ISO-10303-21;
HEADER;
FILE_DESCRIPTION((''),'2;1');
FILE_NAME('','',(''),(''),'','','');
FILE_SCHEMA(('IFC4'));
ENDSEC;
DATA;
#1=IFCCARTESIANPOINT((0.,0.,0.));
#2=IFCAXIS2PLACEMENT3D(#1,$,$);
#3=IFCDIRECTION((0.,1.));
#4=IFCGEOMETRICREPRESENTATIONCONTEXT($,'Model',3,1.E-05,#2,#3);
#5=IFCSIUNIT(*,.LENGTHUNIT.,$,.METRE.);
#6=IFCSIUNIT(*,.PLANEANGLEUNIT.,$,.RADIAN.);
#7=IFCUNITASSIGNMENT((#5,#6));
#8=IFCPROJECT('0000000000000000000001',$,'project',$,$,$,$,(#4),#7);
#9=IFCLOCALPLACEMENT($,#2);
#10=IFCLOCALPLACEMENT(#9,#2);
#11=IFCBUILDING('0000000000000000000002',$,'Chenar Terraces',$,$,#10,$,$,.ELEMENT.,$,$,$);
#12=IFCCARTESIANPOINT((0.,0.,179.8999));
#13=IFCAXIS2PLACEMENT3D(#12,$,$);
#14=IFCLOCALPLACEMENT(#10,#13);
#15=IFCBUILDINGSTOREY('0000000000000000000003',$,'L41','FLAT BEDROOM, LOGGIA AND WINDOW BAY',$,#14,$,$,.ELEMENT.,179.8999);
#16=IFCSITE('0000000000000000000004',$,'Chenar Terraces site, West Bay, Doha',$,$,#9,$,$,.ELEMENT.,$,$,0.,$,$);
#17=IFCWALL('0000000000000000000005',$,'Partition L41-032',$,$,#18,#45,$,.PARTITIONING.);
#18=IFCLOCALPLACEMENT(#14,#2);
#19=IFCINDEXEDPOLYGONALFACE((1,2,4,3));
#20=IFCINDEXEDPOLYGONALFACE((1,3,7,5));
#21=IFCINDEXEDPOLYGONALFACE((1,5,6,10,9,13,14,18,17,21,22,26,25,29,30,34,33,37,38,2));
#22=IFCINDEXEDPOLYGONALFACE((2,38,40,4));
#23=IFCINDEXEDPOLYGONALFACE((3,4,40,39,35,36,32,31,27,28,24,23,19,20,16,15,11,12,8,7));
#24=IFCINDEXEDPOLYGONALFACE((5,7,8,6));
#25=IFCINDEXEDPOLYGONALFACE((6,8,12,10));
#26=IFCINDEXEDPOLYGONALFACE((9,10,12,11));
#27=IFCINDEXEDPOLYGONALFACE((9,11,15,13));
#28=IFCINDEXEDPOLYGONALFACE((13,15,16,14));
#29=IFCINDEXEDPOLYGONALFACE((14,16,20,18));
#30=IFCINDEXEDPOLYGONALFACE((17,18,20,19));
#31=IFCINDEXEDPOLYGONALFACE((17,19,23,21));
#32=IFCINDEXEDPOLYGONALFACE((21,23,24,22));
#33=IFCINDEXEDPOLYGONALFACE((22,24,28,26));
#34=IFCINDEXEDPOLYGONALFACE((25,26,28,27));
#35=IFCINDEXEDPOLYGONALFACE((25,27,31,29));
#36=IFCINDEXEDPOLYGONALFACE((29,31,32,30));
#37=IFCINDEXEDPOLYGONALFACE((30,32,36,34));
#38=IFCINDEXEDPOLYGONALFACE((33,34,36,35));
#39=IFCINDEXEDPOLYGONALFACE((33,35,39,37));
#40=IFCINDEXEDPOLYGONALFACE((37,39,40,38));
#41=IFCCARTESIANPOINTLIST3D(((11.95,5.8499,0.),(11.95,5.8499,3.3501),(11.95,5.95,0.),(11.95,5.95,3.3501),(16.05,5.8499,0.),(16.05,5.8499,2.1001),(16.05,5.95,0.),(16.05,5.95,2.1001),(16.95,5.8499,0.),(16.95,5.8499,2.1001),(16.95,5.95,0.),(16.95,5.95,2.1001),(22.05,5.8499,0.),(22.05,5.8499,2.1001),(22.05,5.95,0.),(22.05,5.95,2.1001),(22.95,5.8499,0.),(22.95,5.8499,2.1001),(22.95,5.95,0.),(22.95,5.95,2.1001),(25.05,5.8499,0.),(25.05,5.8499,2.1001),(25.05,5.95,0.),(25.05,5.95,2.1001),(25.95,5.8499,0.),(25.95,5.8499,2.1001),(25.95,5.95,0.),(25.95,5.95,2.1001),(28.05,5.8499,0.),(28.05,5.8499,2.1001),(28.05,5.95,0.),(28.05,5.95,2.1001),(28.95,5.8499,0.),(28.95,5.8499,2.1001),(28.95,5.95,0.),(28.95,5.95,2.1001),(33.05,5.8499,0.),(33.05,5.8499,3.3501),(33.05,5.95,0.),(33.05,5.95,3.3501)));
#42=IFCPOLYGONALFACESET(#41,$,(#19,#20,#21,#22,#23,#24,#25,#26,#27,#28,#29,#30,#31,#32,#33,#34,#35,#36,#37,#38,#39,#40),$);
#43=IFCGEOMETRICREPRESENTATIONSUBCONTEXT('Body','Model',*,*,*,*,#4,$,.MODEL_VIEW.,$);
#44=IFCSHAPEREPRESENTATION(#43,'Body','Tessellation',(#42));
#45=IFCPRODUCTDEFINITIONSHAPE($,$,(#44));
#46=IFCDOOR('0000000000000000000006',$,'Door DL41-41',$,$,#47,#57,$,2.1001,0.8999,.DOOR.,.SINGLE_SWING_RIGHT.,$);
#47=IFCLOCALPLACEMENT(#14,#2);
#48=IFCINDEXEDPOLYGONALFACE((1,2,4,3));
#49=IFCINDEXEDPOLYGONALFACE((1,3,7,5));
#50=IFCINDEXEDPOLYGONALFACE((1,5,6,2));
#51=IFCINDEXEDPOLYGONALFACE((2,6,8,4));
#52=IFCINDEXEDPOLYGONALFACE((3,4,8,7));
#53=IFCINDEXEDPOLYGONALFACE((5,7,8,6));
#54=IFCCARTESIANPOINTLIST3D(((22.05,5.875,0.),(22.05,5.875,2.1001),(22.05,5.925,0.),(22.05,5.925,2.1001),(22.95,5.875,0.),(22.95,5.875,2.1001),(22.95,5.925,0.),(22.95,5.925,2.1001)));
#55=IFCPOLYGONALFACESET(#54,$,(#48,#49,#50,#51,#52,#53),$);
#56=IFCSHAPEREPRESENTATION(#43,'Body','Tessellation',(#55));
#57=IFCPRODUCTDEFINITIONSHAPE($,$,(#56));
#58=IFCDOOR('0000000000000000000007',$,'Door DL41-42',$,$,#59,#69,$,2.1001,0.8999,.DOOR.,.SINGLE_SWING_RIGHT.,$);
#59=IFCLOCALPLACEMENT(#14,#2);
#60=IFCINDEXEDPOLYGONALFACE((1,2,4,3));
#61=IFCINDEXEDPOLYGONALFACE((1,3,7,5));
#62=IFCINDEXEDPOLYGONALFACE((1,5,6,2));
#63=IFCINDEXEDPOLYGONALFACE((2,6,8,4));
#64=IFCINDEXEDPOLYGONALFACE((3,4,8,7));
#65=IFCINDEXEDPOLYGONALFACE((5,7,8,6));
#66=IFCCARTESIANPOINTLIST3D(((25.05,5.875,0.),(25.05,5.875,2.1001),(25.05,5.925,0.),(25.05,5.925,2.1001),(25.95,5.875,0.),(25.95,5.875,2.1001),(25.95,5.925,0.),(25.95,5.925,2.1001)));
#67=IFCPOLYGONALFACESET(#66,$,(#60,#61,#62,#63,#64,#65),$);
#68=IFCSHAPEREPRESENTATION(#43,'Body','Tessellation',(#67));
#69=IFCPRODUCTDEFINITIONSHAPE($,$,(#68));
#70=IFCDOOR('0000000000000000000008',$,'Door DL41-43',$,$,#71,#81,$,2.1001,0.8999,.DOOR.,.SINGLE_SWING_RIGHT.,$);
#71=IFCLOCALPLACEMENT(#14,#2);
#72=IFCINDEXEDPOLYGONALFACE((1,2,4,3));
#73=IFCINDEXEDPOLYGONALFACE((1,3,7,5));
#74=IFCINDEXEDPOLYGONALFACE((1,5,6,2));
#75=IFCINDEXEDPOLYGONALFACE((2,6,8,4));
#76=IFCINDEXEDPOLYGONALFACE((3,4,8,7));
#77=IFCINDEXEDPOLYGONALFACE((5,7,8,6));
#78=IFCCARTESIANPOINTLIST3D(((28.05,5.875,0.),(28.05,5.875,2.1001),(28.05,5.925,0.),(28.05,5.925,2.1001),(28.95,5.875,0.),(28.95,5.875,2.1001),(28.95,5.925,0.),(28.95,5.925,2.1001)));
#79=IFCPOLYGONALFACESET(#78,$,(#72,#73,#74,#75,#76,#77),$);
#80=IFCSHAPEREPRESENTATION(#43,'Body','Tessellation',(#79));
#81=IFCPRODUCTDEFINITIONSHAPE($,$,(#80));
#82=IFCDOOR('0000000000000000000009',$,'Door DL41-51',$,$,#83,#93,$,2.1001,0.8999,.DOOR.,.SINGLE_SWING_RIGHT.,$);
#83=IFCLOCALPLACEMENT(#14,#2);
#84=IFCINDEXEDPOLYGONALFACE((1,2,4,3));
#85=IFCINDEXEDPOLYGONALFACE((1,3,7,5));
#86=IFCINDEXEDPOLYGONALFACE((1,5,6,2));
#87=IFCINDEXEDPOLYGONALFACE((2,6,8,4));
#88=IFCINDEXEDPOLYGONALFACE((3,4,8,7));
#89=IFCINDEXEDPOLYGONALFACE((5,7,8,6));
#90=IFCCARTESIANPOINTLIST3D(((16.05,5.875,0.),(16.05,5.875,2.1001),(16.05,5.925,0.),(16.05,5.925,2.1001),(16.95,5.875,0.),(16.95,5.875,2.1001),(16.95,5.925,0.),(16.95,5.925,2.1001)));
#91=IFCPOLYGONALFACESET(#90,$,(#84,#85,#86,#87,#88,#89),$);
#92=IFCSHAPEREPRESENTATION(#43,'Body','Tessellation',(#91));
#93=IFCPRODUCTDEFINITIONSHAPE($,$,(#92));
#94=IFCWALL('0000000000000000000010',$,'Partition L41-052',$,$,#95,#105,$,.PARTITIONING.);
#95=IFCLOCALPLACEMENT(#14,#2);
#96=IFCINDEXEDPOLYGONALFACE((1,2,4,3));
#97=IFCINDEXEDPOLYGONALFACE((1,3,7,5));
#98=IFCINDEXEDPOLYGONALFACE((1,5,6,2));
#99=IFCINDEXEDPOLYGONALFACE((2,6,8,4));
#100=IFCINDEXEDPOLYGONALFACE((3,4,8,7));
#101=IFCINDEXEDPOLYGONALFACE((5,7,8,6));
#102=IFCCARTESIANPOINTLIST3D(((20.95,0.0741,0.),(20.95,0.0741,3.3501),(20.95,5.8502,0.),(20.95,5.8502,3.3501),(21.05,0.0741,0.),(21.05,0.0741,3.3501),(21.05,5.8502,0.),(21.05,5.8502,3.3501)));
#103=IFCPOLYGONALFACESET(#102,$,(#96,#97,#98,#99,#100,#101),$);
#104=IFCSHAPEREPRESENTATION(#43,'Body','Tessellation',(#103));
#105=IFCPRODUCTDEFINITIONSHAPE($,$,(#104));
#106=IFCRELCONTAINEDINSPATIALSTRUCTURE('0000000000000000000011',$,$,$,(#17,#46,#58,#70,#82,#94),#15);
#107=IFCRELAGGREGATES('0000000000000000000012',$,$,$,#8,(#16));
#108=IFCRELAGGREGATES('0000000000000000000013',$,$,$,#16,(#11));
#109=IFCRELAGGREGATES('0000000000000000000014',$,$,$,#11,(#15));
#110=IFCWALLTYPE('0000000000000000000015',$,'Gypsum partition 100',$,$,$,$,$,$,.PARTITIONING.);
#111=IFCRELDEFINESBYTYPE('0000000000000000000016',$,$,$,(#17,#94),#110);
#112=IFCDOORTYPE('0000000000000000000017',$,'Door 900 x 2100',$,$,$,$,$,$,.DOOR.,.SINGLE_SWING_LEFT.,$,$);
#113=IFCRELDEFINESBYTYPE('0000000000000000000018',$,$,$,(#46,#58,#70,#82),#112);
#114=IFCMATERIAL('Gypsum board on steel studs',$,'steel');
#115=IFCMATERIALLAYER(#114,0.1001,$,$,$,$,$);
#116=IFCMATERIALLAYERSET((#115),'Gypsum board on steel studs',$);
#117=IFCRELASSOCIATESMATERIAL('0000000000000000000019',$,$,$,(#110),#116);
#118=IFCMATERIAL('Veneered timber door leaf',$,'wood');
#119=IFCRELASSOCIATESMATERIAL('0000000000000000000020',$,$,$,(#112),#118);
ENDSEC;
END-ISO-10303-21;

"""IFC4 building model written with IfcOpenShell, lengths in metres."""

from ifc_helpers import new_model, si_unit, direction, frame, frame_2d, origin, place, context, subcontext, project, spatial, rectangle, extrude, material, layer, layer_set, type_object, element, fill, save


model = new_model("IFC4")

# Units and contexts
model_context = context("Model", 3, precision=1e-05, world=origin(), true_north=direction((0.0, 1.0)))
body_context = subcontext(model_context, "Body", "Model", "MODEL_VIEW")
ifc_project = project(units=[si_unit("LENGTHUNIT", "METRE"), si_unit("PLANEANGLEUNIT", "RADIAN")], contexts=[model_context])

# Site, building, storey
site_placement = place(None, origin())
site = spatial("IfcSite", under=ifc_project, at=site_placement, Name="Chenar Terraces site, West Bay, Doha", CompositionType="ELEMENT", RefElevation=0.0)
building_placement = place(site_placement, origin())
building = spatial("IfcBuilding", under=site, at=building_placement, Name="Chenar Terraces", CompositionType="ELEMENT")
storey_placement = place(building_placement, frame((0.0, 0.0, 179.8999)))
storey = spatial("IfcBuildingStorey", under=building, at=storey_placement, Name="L41", Description="FLAT BEDROOM, LOGGIA AND WINDOW BAY", CompositionType="ELEMENT", Elevation=179.8999)

# Shared definitions
ifc_material_1 = material(Name="Gypsum board on steel studs", Category="steel")
ifc_layer_1 = layer(ifc_material_1, 0.1001)
ifc_layer_set_1 = layer_set([ifc_layer_1], Name="Gypsum board on steel studs")
wall_type_1 = type_object("IfcWallType", Name="Gypsum partition 100", PredefinedType="PARTITIONING", material=ifc_layer_set_1)

# Wall, openings, doors
wall_1_placement = place(storey_placement, frame((11.95, 5.8999, 0.0), z_axis=(0.0, 0.0, 1.0), x_axis=(1.0, 0.0, 0.0)))
wall_1 = element("IfcWall", 1, at=wall_1_placement, inside=storey, type_object=wall_type_1, Name="Partition L41-032", PredefinedType="PARTITIONING", context=body_context, shape_type="SweptSolid", body=[
    extrude(rectangle(XDim=21.1001, YDim=0.1001, at=frame_2d((10.55, 0.0))), origin(), (0.0, 0.0, 1.0), 3.3501),
])
opening_1_placement = place(wall_1_placement, frame((10.1001, 0.0, 0.0)))
opening_1 = element("IfcOpeningElement", 2, at=opening_1_placement, cuts=wall_1, PredefinedType="OPENING", context=body_context, shape_type="SweptSolid", body=[
    extrude(rectangle(XDim=0.8999, YDim=2.1001, at=frame_2d((0.45, 1.05))), frame((0.0, 0.0601, 0.0), z_axis=(0.0, -1.0, 0.0), x_axis=(1.0, 0.0, 0.0)), (0.0, 0.0, 1.0), 0.1201),
])
opening_2_placement = place(wall_1_placement, frame((13.1001, 0.0, 0.0)))
opening_2 = element("IfcOpeningElement", 3, at=opening_2_placement, cuts=wall_1, PredefinedType="OPENING", context=body_context, shape_type="SweptSolid", body=[
    extrude(rectangle(XDim=0.8999, YDim=2.1001, at=frame_2d((0.45, 1.05))), frame((0.0, 0.0601, 0.0), z_axis=(0.0, -1.0, 0.0), x_axis=(1.0, 0.0, 0.0)), (0.0, 0.0, 1.0), 0.1201),
])
opening_3_placement = place(wall_1_placement, frame((16.1001, 0.0, 0.0)))
opening_3 = element("IfcOpeningElement", 4, at=opening_3_placement, cuts=wall_1, PredefinedType="OPENING", context=body_context, shape_type="SweptSolid", body=[
    extrude(rectangle(XDim=0.8999, YDim=2.1001, at=frame_2d((0.45, 1.05))), frame((0.0, 0.0601, 0.0), z_axis=(0.0, -1.0, 0.0), x_axis=(1.0, 0.0, 0.0)), (0.0, 0.0, 1.0), 0.1201),
])
opening_4_placement = place(wall_1_placement, frame((4.1001, 0.0, 0.0)))
opening_4 = element("IfcOpeningElement", 5, at=opening_4_placement, cuts=wall_1, PredefinedType="OPENING", context=body_context, shape_type="SweptSolid", body=[
    extrude(rectangle(XDim=0.8999, YDim=2.1001, at=frame_2d((0.45, 1.05))), frame((0.0, 0.0601, 0.0), z_axis=(0.0, -1.0, 0.0), x_axis=(1.0, 0.0, 0.0)), (0.0, 0.0, 1.0), 0.1201),
])
ifc_material_2 = material(Name="Veneered timber door leaf", Category="wood")
door_type_1 = type_object("IfcDoorType", Name="Door 900 x 2100", OperationType="SINGLE_SWING_LEFT", PredefinedType="DOOR", material=ifc_material_2)
door_1_placement = place(opening_1_placement, frame((0.8999, 0.0, 0.0), z_axis=(0.0, 0.0, 1.0), x_axis=(-1.0, 0.0, 0.0)))
door_1 = element("IfcDoor", 6, at=door_1_placement, inside=storey, type_object=door_type_1, Name="Door DL41-41", OperationType="SINGLE_SWING_RIGHT", OverallHeight=2.1001, OverallWidth=0.8999, PredefinedType="DOOR", context=body_context, shape_type="SweptSolid", body=[
    extrude(rectangle(XDim=0.8999, YDim=2.1001, at=frame_2d((0.45, 1.05))), frame((0.0, 0.0249, 0.0), z_axis=(0.0, -1.0, 0.0), x_axis=(1.0, 0.0, 0.0)), (0.0, 0.0, 1.0), 0.05),
])
fill(opening_1, door_1)
door_2_placement = place(opening_2_placement, frame((0.8999, 0.0, 0.0), z_axis=(0.0, 0.0, 1.0), x_axis=(-1.0, 0.0, 0.0)))
door_2 = element("IfcDoor", 7, at=door_2_placement, inside=storey, type_object=door_type_1, Name="Door DL41-42", OperationType="SINGLE_SWING_RIGHT", OverallHeight=2.1001, OverallWidth=0.8999, PredefinedType="DOOR", context=body_context, shape_type="SweptSolid", body=[
    extrude(rectangle(XDim=0.8999, YDim=2.1001, at=frame_2d((0.45, 1.05))), frame((0.0, 0.0249, 0.0), z_axis=(0.0, -1.0, 0.0), x_axis=(1.0, 0.0, 0.0)), (0.0, 0.0, 1.0), 0.05),
])
fill(opening_2, door_2)
door_3_placement = place(opening_3_placement, frame((0.8999, 0.0, 0.0), z_axis=(0.0, 0.0, 1.0), x_axis=(-1.0, 0.0, 0.0)))
door_3 = element("IfcDoor", 8, at=door_3_placement, inside=storey, type_object=door_type_1, Name="Door DL41-43", OperationType="SINGLE_SWING_RIGHT", OverallHeight=2.1001, OverallWidth=0.8999, PredefinedType="DOOR", context=body_context, shape_type="SweptSolid", body=[
    extrude(rectangle(XDim=0.8999, YDim=2.1001, at=frame_2d((0.45, 1.05))), frame((0.0, 0.0249, 0.0), z_axis=(0.0, -1.0, 0.0), x_axis=(1.0, 0.0, 0.0)), (0.0, 0.0, 1.0), 0.05),
])
fill(opening_3, door_3)
door_4_placement = place(opening_4_placement, frame((0.8999, 0.0, 0.0), z_axis=(0.0, 0.0, 1.0), x_axis=(-1.0, 0.0, 0.0)))
door_4 = element("IfcDoor", 9, at=door_4_placement, inside=storey, type_object=door_type_1, Name="Door DL41-51", OperationType="SINGLE_SWING_RIGHT", OverallHeight=2.1001, OverallWidth=0.8999, PredefinedType="DOOR", context=body_context, shape_type="SweptSolid", body=[
    extrude(rectangle(XDim=0.8999, YDim=2.1001, at=frame_2d((0.45, 1.05))), frame((0.0, 0.0249, 0.0), z_axis=(0.0, -1.0, 0.0), x_axis=(1.0, 0.0, 0.0)), (0.0, 0.0, 1.0), 0.05),
])
fill(opening_4, door_4)

# Wall
wall_2_placement = place(storey_placement, frame((21.0, 0.074, 0.0), z_axis=(0.0, 0.0, 1.0), x_axis=(0.0, 1.0, 0.0)))
element("IfcWall", 10, at=wall_2_placement, inside=storey, type_object=wall_type_1, Name="Partition L41-052", PredefinedType="PARTITIONING", context=body_context, shape_type="SweptSolid", body=[
    extrude(rectangle(XDim=5.7761, YDim=0.1001, at=frame_2d((2.8882, 0.0))), origin(), (0.0, 0.0, 1.0), 3.3501),
])

save(model, "model.ifc")
